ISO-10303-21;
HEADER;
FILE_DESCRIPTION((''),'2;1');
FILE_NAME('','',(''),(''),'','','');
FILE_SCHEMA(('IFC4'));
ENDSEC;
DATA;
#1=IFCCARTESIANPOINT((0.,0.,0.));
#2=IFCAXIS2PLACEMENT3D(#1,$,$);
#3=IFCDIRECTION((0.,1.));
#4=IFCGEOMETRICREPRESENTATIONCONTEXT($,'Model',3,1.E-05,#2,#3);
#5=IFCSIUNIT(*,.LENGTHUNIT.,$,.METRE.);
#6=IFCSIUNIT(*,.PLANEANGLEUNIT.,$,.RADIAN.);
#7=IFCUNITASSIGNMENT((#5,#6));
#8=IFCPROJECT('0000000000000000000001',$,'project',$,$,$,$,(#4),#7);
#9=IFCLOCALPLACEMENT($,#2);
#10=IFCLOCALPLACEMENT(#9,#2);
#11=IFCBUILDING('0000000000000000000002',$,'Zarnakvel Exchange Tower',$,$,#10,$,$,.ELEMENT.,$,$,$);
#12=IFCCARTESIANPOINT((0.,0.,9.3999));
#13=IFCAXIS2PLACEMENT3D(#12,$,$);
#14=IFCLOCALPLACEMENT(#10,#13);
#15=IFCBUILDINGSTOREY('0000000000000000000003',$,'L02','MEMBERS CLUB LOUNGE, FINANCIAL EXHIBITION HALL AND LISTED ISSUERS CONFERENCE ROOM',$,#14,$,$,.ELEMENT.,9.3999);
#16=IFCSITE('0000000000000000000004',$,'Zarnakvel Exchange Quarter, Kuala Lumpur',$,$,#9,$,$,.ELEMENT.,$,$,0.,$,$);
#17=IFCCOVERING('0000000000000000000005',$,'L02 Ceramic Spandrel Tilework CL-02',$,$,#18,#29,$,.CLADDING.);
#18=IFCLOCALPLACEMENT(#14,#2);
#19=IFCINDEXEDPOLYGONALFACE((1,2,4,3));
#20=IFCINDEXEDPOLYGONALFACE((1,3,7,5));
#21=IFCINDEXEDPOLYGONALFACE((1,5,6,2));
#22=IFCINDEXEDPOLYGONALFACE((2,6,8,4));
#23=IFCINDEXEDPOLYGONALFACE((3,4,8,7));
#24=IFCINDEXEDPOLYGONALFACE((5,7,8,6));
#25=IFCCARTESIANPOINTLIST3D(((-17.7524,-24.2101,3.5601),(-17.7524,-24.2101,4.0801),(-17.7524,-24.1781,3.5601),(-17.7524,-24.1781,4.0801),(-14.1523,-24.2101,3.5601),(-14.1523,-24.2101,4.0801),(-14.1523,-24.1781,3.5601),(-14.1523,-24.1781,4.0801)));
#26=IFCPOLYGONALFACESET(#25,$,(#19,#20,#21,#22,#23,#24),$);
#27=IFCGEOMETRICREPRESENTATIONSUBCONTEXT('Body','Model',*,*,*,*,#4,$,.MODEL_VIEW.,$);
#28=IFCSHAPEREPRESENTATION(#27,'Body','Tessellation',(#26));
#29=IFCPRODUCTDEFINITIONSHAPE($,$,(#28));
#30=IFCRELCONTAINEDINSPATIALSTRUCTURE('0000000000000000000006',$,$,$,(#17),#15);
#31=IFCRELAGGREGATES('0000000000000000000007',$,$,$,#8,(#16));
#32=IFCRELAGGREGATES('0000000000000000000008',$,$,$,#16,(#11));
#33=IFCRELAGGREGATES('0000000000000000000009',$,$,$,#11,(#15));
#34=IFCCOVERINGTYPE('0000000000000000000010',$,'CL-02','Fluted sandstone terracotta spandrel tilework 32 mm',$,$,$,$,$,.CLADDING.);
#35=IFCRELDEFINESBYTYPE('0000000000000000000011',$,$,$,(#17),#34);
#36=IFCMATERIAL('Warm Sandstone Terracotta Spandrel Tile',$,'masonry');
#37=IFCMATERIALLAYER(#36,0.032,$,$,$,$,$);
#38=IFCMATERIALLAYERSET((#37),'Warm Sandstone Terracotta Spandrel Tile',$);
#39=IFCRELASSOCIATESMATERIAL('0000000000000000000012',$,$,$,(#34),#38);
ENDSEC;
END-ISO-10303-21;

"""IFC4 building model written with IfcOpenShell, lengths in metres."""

from ifc_helpers import new_model, si_unit, direction, frame, origin, origin_2d, place, context, subcontext, project, spatial, rectangle, extrude, source, transform, mapped, material, layer, layer_set, type_object, element, save


model = new_model("IFC4")

# Units and contexts
model_context = context("Model", 3, precision=1e-05, world=origin(), true_north=direction((0.0, 1.0)))
body_context = subcontext(model_context, "Body", "Model", "MODEL_VIEW")
ifc_project = project(units=[si_unit("LENGTHUNIT", "METRE"), si_unit("PLANEANGLEUNIT", "RADIAN")], contexts=[model_context])

# Site, building, storey
site_placement = place(None, origin())
site = spatial("IfcSite", under=ifc_project, at=site_placement, Name="Zarnakvel Exchange Quarter, Kuala Lumpur", CompositionType="ELEMENT", RefElevation=0.0)
building_placement = place(site_placement, origin())
building = spatial("IfcBuilding", under=site, at=building_placement, Name="Zarnakvel Exchange Tower", CompositionType="ELEMENT")
storey_placement = place(building_placement, frame((0.0, 0.0, 9.3999)))
storey = spatial("IfcBuildingStorey", under=building, at=storey_placement, Name="L02", Description="MEMBERS CLUB LOUNGE, FINANCIAL EXHIBITION HALL AND LISTED ISSUERS CONFERENCE ROOM", CompositionType="ELEMENT", Elevation=9.3999)

# Covering
ifc_material_1 = material(Name="Warm Sandstone Terracotta Spandrel Tile", Category="masonry")
ifc_layer_1 = layer(ifc_material_1, 0.032)
ifc_layer_set_1 = layer_set([ifc_layer_1], Name="Warm Sandstone Terracotta Spandrel Tile")
covering_type = type_object("IfcCoveringType", Name="CL-02", Description="Fluted sandstone terracotta spandrel tilework 32 mm", PredefinedType="CLADDING", material=ifc_layer_set_1)
shared_shape = source(origin(), body_context, "Body", "SweptSolid", [
    extrude(rectangle(XDim=3.6001, YDim=0.032, at=origin_2d()), origin(), (0.0, 0.0, 1.0), 0.52),
])
covering_placement = place(storey_placement, frame((-15.9524, -24.1941, 3.5601), z_axis=(0.0, 0.0, 1.0), x_axis=(-1.0, 0.0, 0.0)))
element("IfcCovering", 1, at=covering_placement, inside=storey, type_object=covering_type, Name="L02 Ceramic Spandrel Tilework CL-02", PredefinedType="CLADDING", context=body_context, shape_type="MappedRepresentation", body=[
    mapped(shared_shape, transform((0.0, 0.0, 0.0), x_axis=(1.0, 0.0, 0.0), y_axis=(0.0, 1.0, 0.0), z_axis=(0.0, 0.0, 1.0), scale=1.0)),
])

save(model, "model.ifc")
